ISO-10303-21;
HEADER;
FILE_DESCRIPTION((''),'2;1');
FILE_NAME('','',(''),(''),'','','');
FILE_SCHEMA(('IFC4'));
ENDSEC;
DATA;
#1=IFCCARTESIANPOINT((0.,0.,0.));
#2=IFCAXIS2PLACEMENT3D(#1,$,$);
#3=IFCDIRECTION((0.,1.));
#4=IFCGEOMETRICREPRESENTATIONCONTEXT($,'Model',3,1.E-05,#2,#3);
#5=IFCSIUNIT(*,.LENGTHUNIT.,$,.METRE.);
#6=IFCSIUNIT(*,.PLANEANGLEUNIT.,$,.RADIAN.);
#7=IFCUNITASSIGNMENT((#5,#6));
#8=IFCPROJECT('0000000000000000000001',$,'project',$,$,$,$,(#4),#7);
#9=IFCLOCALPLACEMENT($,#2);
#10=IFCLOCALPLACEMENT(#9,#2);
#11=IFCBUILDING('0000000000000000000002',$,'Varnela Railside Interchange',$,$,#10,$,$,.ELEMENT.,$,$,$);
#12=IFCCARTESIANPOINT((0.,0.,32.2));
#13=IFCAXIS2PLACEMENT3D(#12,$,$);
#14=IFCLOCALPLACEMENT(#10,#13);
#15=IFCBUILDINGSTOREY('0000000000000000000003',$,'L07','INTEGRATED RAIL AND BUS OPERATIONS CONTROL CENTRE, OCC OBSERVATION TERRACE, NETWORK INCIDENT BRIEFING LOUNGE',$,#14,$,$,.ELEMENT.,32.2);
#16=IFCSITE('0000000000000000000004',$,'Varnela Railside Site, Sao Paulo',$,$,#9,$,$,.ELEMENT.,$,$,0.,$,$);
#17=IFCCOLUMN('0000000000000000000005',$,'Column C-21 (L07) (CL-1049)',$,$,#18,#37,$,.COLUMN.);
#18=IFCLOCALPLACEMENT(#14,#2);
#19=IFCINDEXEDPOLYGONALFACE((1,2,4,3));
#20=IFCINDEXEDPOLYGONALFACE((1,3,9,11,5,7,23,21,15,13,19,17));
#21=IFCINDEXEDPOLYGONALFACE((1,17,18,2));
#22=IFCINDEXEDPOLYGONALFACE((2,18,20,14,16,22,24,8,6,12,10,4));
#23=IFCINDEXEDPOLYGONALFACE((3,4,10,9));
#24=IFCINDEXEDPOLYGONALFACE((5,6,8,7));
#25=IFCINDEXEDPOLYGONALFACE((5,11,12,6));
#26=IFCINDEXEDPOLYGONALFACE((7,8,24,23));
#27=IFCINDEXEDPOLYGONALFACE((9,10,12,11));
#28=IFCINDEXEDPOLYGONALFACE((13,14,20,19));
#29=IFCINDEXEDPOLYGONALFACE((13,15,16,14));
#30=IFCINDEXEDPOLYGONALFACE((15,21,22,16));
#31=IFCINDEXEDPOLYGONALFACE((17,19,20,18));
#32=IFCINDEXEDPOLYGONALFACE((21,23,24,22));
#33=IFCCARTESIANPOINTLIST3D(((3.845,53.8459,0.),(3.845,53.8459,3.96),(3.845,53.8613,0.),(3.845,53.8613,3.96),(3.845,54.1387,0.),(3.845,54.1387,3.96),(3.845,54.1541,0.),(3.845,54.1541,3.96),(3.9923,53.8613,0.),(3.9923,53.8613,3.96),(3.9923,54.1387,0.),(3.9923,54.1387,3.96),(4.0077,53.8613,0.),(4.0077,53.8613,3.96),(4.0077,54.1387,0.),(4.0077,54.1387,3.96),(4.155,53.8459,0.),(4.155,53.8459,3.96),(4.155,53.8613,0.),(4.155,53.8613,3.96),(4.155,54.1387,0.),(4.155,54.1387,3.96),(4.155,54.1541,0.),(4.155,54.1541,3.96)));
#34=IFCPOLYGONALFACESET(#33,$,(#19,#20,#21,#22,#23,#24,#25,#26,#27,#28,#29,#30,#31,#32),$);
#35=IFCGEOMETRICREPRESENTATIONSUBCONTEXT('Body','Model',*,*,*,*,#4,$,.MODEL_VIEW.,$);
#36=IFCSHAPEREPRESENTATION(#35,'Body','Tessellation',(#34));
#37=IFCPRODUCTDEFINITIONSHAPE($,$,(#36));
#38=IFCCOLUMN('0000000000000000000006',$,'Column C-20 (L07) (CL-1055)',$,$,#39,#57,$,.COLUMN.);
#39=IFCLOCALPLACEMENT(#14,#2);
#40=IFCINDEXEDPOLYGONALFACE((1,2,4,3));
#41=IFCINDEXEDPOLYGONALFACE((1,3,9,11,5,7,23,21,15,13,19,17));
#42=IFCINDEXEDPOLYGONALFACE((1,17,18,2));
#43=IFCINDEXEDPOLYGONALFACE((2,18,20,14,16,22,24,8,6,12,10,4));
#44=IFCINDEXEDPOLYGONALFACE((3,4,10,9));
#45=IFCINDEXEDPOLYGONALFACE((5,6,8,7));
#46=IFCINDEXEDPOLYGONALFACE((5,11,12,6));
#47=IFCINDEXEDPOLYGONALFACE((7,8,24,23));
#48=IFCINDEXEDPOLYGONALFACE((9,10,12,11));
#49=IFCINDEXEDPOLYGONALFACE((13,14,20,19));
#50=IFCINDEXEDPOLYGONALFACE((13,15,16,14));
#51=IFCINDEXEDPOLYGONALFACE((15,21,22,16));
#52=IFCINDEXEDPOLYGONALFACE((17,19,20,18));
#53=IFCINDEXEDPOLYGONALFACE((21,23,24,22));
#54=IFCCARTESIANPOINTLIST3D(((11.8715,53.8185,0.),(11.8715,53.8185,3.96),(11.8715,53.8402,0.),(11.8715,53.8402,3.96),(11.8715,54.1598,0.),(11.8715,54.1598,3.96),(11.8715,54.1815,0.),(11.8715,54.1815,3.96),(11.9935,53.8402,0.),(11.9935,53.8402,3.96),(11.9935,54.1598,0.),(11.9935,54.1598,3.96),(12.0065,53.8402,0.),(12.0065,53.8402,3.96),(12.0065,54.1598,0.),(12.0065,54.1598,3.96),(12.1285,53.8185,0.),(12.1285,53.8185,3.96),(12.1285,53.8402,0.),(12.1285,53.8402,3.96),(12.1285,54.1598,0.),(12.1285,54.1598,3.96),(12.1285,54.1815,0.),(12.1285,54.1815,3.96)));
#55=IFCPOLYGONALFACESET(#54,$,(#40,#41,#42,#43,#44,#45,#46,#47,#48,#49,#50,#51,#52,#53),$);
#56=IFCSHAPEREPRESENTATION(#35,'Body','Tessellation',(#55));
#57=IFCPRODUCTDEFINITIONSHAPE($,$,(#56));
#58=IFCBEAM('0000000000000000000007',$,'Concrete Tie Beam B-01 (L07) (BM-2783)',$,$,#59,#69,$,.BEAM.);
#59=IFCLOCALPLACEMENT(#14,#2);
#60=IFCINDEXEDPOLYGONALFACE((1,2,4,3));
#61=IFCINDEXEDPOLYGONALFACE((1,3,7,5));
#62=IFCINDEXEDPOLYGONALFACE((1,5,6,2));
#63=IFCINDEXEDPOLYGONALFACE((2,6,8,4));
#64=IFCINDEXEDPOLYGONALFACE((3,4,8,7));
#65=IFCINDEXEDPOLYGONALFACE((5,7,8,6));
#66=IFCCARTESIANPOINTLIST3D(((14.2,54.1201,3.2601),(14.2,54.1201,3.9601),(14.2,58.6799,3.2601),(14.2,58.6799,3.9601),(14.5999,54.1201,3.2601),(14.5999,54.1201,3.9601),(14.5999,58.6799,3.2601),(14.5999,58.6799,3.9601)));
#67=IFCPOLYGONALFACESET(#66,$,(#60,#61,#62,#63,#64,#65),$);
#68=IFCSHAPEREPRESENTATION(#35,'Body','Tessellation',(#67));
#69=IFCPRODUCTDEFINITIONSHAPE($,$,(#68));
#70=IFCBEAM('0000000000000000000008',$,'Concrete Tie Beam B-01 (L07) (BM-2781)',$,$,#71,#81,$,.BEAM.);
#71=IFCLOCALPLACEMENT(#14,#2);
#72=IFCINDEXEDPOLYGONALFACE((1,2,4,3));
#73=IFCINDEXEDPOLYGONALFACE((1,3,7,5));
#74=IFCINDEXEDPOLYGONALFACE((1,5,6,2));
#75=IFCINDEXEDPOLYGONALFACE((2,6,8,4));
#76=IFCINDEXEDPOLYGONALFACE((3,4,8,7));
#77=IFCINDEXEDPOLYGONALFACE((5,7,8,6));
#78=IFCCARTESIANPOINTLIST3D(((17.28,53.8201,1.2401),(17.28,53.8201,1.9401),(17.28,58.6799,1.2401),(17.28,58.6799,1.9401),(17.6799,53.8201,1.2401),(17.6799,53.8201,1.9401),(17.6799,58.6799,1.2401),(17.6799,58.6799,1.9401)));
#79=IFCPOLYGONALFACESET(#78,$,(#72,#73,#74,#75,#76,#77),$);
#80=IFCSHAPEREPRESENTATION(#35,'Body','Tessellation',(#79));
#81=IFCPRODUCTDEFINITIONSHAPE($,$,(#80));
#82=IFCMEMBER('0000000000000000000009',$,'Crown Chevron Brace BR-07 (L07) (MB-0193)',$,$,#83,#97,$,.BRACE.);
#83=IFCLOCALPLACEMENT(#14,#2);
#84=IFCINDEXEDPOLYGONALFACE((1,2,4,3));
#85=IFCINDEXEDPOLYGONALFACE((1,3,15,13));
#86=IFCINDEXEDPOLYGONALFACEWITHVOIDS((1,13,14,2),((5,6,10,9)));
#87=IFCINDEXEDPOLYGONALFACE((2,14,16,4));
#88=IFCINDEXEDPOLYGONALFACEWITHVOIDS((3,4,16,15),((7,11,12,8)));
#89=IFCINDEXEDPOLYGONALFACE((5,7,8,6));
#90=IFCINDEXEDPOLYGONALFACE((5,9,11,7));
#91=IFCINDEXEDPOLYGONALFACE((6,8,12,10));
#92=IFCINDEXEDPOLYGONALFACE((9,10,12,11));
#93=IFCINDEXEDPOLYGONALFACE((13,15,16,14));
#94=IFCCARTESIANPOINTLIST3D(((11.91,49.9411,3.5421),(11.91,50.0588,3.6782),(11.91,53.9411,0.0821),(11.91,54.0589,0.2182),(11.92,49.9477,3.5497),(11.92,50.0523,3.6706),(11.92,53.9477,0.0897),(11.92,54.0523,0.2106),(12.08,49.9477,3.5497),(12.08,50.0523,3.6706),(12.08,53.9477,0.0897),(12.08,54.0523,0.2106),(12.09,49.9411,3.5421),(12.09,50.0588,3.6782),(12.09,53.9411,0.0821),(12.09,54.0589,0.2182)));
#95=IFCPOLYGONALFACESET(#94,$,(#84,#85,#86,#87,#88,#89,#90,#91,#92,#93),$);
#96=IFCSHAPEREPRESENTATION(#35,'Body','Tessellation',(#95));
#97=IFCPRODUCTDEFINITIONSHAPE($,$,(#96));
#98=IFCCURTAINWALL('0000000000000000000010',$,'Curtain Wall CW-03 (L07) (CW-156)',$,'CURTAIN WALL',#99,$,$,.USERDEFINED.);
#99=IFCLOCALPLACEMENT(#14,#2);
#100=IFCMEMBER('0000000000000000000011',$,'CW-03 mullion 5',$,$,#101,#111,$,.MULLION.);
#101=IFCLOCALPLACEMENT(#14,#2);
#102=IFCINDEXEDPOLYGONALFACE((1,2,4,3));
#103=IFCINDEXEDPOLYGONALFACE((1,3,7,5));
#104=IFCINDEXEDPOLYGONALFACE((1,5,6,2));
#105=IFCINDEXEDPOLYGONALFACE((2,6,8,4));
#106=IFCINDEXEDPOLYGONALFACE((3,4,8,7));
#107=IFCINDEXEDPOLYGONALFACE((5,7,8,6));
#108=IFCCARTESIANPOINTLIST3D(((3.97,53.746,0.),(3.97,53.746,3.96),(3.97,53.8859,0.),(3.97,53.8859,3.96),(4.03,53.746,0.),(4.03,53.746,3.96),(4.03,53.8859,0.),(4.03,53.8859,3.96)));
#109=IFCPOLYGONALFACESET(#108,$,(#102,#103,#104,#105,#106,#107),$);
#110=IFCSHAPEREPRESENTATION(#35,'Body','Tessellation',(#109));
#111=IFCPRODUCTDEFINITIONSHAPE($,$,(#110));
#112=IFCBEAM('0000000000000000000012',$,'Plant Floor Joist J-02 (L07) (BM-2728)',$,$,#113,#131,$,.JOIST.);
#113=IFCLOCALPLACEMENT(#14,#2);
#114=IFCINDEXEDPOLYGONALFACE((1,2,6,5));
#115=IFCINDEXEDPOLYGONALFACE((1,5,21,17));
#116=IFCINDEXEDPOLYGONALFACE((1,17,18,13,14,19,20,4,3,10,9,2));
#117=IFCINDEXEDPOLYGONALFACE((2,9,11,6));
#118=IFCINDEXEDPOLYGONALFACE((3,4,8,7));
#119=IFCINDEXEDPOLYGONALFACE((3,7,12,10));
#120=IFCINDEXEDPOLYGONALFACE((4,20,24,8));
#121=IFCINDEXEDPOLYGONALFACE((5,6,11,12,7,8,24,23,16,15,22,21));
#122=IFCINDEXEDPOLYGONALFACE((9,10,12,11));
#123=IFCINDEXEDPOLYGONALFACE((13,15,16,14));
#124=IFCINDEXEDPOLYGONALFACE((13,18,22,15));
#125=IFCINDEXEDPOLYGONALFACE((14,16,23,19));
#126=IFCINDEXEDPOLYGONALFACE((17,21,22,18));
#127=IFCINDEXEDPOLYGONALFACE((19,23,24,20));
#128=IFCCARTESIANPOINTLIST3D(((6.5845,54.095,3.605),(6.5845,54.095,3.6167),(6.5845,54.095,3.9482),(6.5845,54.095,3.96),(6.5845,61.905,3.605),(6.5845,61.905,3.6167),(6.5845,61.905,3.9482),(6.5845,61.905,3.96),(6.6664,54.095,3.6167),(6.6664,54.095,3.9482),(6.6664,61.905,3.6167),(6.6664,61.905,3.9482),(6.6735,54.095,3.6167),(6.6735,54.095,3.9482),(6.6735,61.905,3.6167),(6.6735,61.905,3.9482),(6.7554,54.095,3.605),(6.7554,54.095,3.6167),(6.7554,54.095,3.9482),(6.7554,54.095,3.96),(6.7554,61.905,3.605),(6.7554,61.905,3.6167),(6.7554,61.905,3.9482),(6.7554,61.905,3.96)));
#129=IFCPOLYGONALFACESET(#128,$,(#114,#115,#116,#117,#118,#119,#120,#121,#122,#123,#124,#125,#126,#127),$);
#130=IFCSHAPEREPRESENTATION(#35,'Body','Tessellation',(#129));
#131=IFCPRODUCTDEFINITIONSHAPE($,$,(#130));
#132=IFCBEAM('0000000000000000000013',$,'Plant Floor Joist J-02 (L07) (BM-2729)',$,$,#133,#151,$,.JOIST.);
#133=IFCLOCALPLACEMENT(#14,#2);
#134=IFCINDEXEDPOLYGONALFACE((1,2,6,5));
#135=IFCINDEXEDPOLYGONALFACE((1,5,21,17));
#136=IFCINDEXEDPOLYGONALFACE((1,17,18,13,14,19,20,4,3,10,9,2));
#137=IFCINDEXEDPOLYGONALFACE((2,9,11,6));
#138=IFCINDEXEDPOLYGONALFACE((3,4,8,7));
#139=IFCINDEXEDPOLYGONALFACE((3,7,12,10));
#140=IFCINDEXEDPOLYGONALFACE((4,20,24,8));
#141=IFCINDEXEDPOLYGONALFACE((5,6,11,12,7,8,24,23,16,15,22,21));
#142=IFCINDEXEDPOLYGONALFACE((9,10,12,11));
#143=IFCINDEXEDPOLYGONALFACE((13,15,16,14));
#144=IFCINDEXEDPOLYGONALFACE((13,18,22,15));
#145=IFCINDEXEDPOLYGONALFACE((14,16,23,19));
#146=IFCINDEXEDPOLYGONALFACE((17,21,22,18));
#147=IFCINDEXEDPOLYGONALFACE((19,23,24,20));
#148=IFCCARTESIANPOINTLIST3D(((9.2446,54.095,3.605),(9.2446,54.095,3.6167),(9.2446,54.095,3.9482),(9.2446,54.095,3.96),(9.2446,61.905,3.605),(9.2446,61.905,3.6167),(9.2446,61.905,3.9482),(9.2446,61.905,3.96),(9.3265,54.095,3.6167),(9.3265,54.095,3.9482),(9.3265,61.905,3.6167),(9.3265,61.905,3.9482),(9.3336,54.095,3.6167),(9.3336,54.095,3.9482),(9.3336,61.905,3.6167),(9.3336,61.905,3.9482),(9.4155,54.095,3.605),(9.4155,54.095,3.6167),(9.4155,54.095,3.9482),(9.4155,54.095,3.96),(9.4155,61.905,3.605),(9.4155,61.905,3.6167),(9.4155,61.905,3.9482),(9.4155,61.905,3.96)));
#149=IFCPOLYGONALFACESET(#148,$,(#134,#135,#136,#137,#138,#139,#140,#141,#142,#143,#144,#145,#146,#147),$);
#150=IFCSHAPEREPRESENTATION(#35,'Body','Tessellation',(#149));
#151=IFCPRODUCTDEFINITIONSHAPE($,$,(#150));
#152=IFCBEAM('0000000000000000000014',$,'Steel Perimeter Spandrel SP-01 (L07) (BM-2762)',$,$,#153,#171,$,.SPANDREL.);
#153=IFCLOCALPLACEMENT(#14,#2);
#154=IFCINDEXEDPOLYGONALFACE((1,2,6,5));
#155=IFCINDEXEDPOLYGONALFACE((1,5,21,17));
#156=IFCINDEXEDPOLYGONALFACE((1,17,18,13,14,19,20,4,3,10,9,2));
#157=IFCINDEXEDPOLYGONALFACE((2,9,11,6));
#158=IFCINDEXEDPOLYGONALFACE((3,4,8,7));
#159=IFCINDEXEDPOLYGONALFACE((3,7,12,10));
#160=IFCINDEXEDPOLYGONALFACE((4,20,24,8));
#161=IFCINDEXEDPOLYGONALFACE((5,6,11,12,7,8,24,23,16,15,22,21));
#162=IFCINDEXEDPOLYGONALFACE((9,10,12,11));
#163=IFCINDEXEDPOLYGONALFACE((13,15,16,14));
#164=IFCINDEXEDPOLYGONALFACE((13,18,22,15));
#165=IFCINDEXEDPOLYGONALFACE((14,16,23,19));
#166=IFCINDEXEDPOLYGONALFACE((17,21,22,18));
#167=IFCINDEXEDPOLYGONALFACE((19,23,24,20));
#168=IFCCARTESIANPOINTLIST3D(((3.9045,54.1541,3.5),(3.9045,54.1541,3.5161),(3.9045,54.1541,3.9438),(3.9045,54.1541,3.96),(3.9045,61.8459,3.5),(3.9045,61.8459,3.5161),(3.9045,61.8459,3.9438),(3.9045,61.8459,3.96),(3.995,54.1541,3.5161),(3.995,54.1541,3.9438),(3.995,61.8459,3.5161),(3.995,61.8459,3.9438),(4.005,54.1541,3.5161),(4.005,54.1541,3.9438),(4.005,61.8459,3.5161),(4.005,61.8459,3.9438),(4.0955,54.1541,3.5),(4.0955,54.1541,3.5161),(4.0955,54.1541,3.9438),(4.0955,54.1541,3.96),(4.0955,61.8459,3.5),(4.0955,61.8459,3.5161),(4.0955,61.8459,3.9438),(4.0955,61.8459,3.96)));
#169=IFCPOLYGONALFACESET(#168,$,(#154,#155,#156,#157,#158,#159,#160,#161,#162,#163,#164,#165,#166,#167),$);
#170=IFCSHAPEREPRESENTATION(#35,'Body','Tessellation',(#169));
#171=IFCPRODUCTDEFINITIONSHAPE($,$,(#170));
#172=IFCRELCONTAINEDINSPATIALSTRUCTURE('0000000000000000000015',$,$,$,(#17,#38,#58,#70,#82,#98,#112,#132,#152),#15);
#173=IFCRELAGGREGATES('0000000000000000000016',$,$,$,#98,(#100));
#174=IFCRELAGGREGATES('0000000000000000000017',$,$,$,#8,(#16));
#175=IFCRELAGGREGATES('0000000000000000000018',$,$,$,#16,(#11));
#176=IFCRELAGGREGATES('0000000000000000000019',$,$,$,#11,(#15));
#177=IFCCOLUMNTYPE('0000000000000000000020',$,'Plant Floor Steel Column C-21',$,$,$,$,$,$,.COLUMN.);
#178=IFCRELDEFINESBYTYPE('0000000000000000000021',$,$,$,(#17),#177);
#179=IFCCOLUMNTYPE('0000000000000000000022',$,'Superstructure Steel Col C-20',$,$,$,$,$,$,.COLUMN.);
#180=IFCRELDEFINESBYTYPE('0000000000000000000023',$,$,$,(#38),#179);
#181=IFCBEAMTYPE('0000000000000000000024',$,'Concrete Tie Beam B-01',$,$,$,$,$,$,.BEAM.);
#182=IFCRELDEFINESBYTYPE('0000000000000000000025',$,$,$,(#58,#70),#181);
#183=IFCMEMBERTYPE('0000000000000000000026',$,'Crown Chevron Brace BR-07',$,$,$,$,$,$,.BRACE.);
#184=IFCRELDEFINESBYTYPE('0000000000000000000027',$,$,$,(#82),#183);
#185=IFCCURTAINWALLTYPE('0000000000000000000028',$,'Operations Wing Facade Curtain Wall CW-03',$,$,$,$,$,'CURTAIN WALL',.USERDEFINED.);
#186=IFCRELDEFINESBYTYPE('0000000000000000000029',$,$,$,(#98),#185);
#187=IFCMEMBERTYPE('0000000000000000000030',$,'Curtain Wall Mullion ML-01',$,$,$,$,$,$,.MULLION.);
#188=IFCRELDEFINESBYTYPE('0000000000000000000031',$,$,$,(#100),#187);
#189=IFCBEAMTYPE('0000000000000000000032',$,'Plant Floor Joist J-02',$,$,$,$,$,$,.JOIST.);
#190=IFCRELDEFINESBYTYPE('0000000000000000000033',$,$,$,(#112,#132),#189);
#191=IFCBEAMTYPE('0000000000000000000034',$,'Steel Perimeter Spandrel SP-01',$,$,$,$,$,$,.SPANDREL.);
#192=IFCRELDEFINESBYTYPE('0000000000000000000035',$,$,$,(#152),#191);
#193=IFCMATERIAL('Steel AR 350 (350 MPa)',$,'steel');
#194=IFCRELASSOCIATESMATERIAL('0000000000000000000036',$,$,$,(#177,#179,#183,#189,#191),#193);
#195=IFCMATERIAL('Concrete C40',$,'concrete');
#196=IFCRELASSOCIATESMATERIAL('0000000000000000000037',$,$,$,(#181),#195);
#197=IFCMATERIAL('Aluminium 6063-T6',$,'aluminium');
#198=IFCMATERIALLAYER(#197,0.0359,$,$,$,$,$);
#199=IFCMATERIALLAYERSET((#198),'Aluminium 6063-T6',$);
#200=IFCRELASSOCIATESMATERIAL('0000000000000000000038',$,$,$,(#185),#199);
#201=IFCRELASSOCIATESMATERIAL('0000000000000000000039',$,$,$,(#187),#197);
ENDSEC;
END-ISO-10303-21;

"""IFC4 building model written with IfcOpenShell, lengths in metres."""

from ifc_helpers import new_model, si_unit, direction, frame, origin, origin_2d, place, context, subcontext, project, spatial, rectangle, hollow_rectangle, i_section, extrude, material, layer, layer_set, material_profile, profile_set, type_object, element, aggregate, save


model = new_model("IFC4")

# Units and contexts
model_context = context("Model", 3, precision=1e-05, world=origin(), true_north=direction((0.0, 1.0)))
body_context = subcontext(model_context, "Body", "Model", "MODEL_VIEW")
ifc_project = project(units=[si_unit("LENGTHUNIT", "METRE"), si_unit("PLANEANGLEUNIT", "RADIAN")], contexts=[model_context])

# Site, building, storey
site_placement = place(None, origin())
site = spatial("IfcSite", under=ifc_project, at=site_placement, Name="Varnela Railside Site, Sao Paulo", CompositionType="ELEMENT", RefElevation=0.0)
building_placement = place(site_placement, origin())
building = spatial("IfcBuilding", under=site, at=building_placement, Name="Varnela Railside Interchange", CompositionType="ELEMENT")
storey_placement = place(building_placement, frame((0.0, 0.0, 32.2)))
storey = spatial("IfcBuildingStorey", under=building, at=storey_placement, Name="L07", Description="INTEGRATED RAIL AND BUS OPERATIONS CONTROL CENTRE, OCC OBSERVATION TERRACE, NETWORK INCIDENT BRIEFING LOUNGE", CompositionType="ELEMENT", Elevation=32.2)

# Columns
ifc_material_1 = material(Name="Steel AR 350 (350 MPa)", Category="steel")
ifc_material_profile_1 = material_profile(ifc_material_1, i_section(OverallWidth=0.3101, OverallDepth=0.3081, WebThickness=0.0154, FlangeThickness=0.0154, at=origin_2d()), Name="HP310x110")
ifc_profile_set_1 = profile_set([ifc_material_profile_1], Name="Steel AR 350 (350 MPa)")
column_type_1 = type_object("IfcColumnType", Name="Plant Floor Steel Column C-21", PredefinedType="COLUMN", material=ifc_profile_set_1)
column_1_placement = place(storey_placement, frame((4.0, 54.0, 0.0), z_axis=(0.0, 0.0, 1.0), x_axis=(1.0, 0.0, 0.0)))
element("IfcColumn", 1, at=column_1_placement, inside=storey, type_object=column_type_1, Name="Column C-21 (L07) (CL-1049)", PredefinedType="COLUMN", context=body_context, shape_type="SweptSolid", body=[
    extrude(i_section(OverallWidth=0.3101, OverallDepth=0.3081, WebThickness=0.0154, FlangeThickness=0.0154, at=origin_2d()), origin(), (0.0, 0.0, 1.0), 3.96),
])
ifc_material_profile_2 = material_profile(ifc_material_1, i_section(OverallWidth=0.2571, OverallDepth=0.363, WebThickness=0.0129, FlangeThickness=0.0217, at=origin_2d()), Name="W360x122")
ifc_profile_set_2 = profile_set([ifc_material_profile_2], Name="Steel AR 350 (350 MPa)")
column_type_2 = type_object("IfcColumnType", Name="Superstructure Steel Col C-20", PredefinedType="COLUMN", material=ifc_profile_set_2)
column_2_placement = place(storey_placement, frame((12.0, 54.0, 0.0), z_axis=(0.0, 0.0, 1.0), x_axis=(1.0, 0.0, 0.0)))
element("IfcColumn", 2, at=column_2_placement, inside=storey, type_object=column_type_2, Name="Column C-20 (L07) (CL-1055)", PredefinedType="COLUMN", context=body_context, shape_type="SweptSolid", body=[
    extrude(i_section(OverallWidth=0.2571, OverallDepth=0.363, WebThickness=0.0129, FlangeThickness=0.0217, at=origin_2d()), origin(), (0.0, 0.0, 1.0), 3.96),
])

# Beams
ifc_material_2 = material(Name="Concrete C40", Category="concrete")
ifc_material_profile_3 = material_profile(ifc_material_2, rectangle(XDim=0.3999, YDim=0.7, at=origin_2d()), Name="RC 400x700")
ifc_profile_set_3 = profile_set([ifc_material_profile_3], Name="Concrete C40")
beam_type_1 = type_object("IfcBeamType", Name="Concrete Tie Beam B-01", PredefinedType="BEAM", material=ifc_profile_set_3)
beam_1_placement = place(storey_placement, frame((14.3999, 54.1201, 3.6101), z_axis=(0.0, 1.0, 0.0), x_axis=(-1.0, 0.0, 0.0)))
element("IfcBeam", 3, at=beam_1_placement, inside=storey, type_object=beam_type_1, Name="Concrete Tie Beam B-01 (L07) (BM-2783)", PredefinedType="BEAM", context=body_context, shape_type="SweptSolid", body=[
    extrude(rectangle(XDim=0.3999, YDim=0.7, at=origin_2d()), origin(), (0.0, 0.0, 1.0), 4.5598),
])
beam_2_placement = place(storey_placement, frame((17.48, 53.8201, 1.5901), z_axis=(0.0, 1.0, 0.0), x_axis=(-1.0, 0.0, 0.0)))
element("IfcBeam", 4, at=beam_2_placement, inside=storey, type_object=beam_type_1, Name="Concrete Tie Beam B-01 (L07) (BM-2781)", PredefinedType="BEAM", context=body_context, shape_type="SweptSolid", body=[
    extrude(rectangle(XDim=0.3999, YDim=0.7, at=origin_2d()), origin(), (0.0, 0.0, 1.0), 4.8599),
])

# Member
ifc_material_profile_4 = material_profile(ifc_material_1, hollow_rectangle(XDim=0.1799, YDim=0.1799, WallThickness=0.01, at=origin_2d()), Name="HSS 180x180x10")
ifc_profile_set_4 = profile_set([ifc_material_profile_4], Name="Steel AR 350 (350 MPa)")
member_type_1 = type_object("IfcMemberType", Name="Crown Chevron Brace BR-07", PredefinedType="BRACE", material=ifc_profile_set_4)
member_1_placement = place(storey_placement, frame((12.0, 54.0, 0.1501), z_axis=(0.0, -0.756316, 0.654206), x_axis=(1.0, 0.0, 0.0)))
element("IfcMember", 5, at=member_1_placement, inside=storey, type_object=member_type_1, Name="Crown Chevron Brace BR-07 (L07) (MB-0193)", PredefinedType="BRACE", context=body_context, shape_type="SweptSolid", body=[
    extrude(hollow_rectangle(XDim=0.1799, YDim=0.1799, WallThickness=0.01, at=origin_2d()), origin(), (0.0, 0.0, 1.0), 5.2888),
])

# Curtain wall, member
ifc_material_3 = material(Name="Aluminium 6063-T6", Category="aluminium")
ifc_layer_1 = layer(ifc_material_3, 0.0359)
ifc_layer_set_1 = layer_set([ifc_layer_1], Name="Aluminium 6063-T6")
curtain_wall_type = type_object("IfcCurtainWallType", Name="Operations Wing Facade Curtain Wall CW-03", ElementType="CURTAIN WALL", PredefinedType="USERDEFINED", material=ifc_layer_set_1)
curtain_wall_placement = place(storey_placement, origin())
curtain_wall = element("IfcCurtainWall", 6, at=curtain_wall_placement, inside=storey, type_object=curtain_wall_type, Name="Curtain Wall CW-03 (L07) (CW-156)", ObjectType="CURTAIN WALL", PredefinedType="USERDEFINED")
ifc_material_profile_5 = material_profile(ifc_material_3, rectangle(XDim=0.0601, YDim=0.1399, at=origin_2d()), Name="ALU 60x140")
ifc_profile_set_5 = profile_set([ifc_material_profile_5], Name="Aluminium 6063-T6")
member_type_2 = type_object("IfcMemberType", Name="Curtain Wall Mullion ML-01", PredefinedType="MULLION", material=ifc_profile_set_5)
member_2_placement = place(storey_placement, frame((4.0, 53.8159, 0.0), z_axis=(0.0, 0.0, 1.0), x_axis=(-1.0, 0.0, 0.0)))
member_2 = element("IfcMember", 7, at=member_2_placement, type_object=member_type_2, Name="CW-03 mullion 5", PredefinedType="MULLION", context=body_context, shape_type="SweptSolid", body=[
    extrude(rectangle(XDim=0.0601, YDim=0.1399, at=origin_2d()), origin(), (0.0, 0.0, 1.0), 3.96),
])

# Beams
ifc_material_profile_6 = material_profile(ifc_material_1, i_section(OverallWidth=0.1709, OverallDepth=0.355, WebThickness=0.0071, FlangeThickness=0.0117, at=origin_2d()), Name="W360x51")
ifc_profile_set_6 = profile_set([ifc_material_profile_6], Name="Steel AR 350 (350 MPa)")
beam_type_2 = type_object("IfcBeamType", Name="Plant Floor Joist J-02", PredefinedType="JOIST", material=ifc_profile_set_6)
for number, where, z_axis, x_axis, name in (
    (8, (6.6699, 54.095, 3.7825), (0.0, 1.0, 0.0), (-1.0, 0.0, 0.0), "Plant Floor Joist J-02 (L07) (BM-2728)"),
    (9, (9.3301, 54.095, 3.7825), (0.0, 1.0, 0.0), (-1.0, 0.0, 0.0), "Plant Floor Joist J-02 (L07) (BM-2729)"),
):
    element("IfcBeam", number, at=place(storey_placement, frame(where, z_axis=z_axis, x_axis=x_axis)), inside=storey, type_object=beam_type_2, Name=name, PredefinedType="JOIST", context=body_context, shape_type="SweptSolid", body=[
        extrude(i_section(OverallWidth=0.1709, OverallDepth=0.355, WebThickness=0.0071, FlangeThickness=0.0117, at=origin_2d()), origin(), (0.0, 0.0, 1.0), 7.8101),
    ])
ifc_material_profile_7 = material_profile(ifc_material_1, i_section(OverallWidth=0.1909, OverallDepth=0.46, WebThickness=0.01, FlangeThickness=0.0161, at=origin_2d()), Name="W460x82")
ifc_profile_set_7 = profile_set([ifc_material_profile_7], Name="Steel AR 350 (350 MPa)")
beam_type_3 = type_object("IfcBeamType", Name="Steel Perimeter Spandrel SP-01", PredefinedType="SPANDREL", material=ifc_profile_set_7)
beam_3_placement = place(storey_placement, frame((4.0, 54.1541, 3.73), z_axis=(0.0, 1.0, 0.0), x_axis=(-1.0, 0.0, 0.0)))
element("IfcBeam", 10, at=beam_3_placement, inside=storey, type_object=beam_type_3, Name="Steel Perimeter Spandrel SP-01 (L07) (BM-2762)", PredefinedType="SPANDREL", context=body_context, shape_type="SweptSolid", body=[
    extrude(i_section(OverallWidth=0.1909, OverallDepth=0.46, WebThickness=0.01, FlangeThickness=0.0161, at=origin_2d()), origin(), (0.0, 0.0, 1.0), 7.6919),
])

aggregate(curtain_wall, [member_2])

save(model, "model.ifc")
